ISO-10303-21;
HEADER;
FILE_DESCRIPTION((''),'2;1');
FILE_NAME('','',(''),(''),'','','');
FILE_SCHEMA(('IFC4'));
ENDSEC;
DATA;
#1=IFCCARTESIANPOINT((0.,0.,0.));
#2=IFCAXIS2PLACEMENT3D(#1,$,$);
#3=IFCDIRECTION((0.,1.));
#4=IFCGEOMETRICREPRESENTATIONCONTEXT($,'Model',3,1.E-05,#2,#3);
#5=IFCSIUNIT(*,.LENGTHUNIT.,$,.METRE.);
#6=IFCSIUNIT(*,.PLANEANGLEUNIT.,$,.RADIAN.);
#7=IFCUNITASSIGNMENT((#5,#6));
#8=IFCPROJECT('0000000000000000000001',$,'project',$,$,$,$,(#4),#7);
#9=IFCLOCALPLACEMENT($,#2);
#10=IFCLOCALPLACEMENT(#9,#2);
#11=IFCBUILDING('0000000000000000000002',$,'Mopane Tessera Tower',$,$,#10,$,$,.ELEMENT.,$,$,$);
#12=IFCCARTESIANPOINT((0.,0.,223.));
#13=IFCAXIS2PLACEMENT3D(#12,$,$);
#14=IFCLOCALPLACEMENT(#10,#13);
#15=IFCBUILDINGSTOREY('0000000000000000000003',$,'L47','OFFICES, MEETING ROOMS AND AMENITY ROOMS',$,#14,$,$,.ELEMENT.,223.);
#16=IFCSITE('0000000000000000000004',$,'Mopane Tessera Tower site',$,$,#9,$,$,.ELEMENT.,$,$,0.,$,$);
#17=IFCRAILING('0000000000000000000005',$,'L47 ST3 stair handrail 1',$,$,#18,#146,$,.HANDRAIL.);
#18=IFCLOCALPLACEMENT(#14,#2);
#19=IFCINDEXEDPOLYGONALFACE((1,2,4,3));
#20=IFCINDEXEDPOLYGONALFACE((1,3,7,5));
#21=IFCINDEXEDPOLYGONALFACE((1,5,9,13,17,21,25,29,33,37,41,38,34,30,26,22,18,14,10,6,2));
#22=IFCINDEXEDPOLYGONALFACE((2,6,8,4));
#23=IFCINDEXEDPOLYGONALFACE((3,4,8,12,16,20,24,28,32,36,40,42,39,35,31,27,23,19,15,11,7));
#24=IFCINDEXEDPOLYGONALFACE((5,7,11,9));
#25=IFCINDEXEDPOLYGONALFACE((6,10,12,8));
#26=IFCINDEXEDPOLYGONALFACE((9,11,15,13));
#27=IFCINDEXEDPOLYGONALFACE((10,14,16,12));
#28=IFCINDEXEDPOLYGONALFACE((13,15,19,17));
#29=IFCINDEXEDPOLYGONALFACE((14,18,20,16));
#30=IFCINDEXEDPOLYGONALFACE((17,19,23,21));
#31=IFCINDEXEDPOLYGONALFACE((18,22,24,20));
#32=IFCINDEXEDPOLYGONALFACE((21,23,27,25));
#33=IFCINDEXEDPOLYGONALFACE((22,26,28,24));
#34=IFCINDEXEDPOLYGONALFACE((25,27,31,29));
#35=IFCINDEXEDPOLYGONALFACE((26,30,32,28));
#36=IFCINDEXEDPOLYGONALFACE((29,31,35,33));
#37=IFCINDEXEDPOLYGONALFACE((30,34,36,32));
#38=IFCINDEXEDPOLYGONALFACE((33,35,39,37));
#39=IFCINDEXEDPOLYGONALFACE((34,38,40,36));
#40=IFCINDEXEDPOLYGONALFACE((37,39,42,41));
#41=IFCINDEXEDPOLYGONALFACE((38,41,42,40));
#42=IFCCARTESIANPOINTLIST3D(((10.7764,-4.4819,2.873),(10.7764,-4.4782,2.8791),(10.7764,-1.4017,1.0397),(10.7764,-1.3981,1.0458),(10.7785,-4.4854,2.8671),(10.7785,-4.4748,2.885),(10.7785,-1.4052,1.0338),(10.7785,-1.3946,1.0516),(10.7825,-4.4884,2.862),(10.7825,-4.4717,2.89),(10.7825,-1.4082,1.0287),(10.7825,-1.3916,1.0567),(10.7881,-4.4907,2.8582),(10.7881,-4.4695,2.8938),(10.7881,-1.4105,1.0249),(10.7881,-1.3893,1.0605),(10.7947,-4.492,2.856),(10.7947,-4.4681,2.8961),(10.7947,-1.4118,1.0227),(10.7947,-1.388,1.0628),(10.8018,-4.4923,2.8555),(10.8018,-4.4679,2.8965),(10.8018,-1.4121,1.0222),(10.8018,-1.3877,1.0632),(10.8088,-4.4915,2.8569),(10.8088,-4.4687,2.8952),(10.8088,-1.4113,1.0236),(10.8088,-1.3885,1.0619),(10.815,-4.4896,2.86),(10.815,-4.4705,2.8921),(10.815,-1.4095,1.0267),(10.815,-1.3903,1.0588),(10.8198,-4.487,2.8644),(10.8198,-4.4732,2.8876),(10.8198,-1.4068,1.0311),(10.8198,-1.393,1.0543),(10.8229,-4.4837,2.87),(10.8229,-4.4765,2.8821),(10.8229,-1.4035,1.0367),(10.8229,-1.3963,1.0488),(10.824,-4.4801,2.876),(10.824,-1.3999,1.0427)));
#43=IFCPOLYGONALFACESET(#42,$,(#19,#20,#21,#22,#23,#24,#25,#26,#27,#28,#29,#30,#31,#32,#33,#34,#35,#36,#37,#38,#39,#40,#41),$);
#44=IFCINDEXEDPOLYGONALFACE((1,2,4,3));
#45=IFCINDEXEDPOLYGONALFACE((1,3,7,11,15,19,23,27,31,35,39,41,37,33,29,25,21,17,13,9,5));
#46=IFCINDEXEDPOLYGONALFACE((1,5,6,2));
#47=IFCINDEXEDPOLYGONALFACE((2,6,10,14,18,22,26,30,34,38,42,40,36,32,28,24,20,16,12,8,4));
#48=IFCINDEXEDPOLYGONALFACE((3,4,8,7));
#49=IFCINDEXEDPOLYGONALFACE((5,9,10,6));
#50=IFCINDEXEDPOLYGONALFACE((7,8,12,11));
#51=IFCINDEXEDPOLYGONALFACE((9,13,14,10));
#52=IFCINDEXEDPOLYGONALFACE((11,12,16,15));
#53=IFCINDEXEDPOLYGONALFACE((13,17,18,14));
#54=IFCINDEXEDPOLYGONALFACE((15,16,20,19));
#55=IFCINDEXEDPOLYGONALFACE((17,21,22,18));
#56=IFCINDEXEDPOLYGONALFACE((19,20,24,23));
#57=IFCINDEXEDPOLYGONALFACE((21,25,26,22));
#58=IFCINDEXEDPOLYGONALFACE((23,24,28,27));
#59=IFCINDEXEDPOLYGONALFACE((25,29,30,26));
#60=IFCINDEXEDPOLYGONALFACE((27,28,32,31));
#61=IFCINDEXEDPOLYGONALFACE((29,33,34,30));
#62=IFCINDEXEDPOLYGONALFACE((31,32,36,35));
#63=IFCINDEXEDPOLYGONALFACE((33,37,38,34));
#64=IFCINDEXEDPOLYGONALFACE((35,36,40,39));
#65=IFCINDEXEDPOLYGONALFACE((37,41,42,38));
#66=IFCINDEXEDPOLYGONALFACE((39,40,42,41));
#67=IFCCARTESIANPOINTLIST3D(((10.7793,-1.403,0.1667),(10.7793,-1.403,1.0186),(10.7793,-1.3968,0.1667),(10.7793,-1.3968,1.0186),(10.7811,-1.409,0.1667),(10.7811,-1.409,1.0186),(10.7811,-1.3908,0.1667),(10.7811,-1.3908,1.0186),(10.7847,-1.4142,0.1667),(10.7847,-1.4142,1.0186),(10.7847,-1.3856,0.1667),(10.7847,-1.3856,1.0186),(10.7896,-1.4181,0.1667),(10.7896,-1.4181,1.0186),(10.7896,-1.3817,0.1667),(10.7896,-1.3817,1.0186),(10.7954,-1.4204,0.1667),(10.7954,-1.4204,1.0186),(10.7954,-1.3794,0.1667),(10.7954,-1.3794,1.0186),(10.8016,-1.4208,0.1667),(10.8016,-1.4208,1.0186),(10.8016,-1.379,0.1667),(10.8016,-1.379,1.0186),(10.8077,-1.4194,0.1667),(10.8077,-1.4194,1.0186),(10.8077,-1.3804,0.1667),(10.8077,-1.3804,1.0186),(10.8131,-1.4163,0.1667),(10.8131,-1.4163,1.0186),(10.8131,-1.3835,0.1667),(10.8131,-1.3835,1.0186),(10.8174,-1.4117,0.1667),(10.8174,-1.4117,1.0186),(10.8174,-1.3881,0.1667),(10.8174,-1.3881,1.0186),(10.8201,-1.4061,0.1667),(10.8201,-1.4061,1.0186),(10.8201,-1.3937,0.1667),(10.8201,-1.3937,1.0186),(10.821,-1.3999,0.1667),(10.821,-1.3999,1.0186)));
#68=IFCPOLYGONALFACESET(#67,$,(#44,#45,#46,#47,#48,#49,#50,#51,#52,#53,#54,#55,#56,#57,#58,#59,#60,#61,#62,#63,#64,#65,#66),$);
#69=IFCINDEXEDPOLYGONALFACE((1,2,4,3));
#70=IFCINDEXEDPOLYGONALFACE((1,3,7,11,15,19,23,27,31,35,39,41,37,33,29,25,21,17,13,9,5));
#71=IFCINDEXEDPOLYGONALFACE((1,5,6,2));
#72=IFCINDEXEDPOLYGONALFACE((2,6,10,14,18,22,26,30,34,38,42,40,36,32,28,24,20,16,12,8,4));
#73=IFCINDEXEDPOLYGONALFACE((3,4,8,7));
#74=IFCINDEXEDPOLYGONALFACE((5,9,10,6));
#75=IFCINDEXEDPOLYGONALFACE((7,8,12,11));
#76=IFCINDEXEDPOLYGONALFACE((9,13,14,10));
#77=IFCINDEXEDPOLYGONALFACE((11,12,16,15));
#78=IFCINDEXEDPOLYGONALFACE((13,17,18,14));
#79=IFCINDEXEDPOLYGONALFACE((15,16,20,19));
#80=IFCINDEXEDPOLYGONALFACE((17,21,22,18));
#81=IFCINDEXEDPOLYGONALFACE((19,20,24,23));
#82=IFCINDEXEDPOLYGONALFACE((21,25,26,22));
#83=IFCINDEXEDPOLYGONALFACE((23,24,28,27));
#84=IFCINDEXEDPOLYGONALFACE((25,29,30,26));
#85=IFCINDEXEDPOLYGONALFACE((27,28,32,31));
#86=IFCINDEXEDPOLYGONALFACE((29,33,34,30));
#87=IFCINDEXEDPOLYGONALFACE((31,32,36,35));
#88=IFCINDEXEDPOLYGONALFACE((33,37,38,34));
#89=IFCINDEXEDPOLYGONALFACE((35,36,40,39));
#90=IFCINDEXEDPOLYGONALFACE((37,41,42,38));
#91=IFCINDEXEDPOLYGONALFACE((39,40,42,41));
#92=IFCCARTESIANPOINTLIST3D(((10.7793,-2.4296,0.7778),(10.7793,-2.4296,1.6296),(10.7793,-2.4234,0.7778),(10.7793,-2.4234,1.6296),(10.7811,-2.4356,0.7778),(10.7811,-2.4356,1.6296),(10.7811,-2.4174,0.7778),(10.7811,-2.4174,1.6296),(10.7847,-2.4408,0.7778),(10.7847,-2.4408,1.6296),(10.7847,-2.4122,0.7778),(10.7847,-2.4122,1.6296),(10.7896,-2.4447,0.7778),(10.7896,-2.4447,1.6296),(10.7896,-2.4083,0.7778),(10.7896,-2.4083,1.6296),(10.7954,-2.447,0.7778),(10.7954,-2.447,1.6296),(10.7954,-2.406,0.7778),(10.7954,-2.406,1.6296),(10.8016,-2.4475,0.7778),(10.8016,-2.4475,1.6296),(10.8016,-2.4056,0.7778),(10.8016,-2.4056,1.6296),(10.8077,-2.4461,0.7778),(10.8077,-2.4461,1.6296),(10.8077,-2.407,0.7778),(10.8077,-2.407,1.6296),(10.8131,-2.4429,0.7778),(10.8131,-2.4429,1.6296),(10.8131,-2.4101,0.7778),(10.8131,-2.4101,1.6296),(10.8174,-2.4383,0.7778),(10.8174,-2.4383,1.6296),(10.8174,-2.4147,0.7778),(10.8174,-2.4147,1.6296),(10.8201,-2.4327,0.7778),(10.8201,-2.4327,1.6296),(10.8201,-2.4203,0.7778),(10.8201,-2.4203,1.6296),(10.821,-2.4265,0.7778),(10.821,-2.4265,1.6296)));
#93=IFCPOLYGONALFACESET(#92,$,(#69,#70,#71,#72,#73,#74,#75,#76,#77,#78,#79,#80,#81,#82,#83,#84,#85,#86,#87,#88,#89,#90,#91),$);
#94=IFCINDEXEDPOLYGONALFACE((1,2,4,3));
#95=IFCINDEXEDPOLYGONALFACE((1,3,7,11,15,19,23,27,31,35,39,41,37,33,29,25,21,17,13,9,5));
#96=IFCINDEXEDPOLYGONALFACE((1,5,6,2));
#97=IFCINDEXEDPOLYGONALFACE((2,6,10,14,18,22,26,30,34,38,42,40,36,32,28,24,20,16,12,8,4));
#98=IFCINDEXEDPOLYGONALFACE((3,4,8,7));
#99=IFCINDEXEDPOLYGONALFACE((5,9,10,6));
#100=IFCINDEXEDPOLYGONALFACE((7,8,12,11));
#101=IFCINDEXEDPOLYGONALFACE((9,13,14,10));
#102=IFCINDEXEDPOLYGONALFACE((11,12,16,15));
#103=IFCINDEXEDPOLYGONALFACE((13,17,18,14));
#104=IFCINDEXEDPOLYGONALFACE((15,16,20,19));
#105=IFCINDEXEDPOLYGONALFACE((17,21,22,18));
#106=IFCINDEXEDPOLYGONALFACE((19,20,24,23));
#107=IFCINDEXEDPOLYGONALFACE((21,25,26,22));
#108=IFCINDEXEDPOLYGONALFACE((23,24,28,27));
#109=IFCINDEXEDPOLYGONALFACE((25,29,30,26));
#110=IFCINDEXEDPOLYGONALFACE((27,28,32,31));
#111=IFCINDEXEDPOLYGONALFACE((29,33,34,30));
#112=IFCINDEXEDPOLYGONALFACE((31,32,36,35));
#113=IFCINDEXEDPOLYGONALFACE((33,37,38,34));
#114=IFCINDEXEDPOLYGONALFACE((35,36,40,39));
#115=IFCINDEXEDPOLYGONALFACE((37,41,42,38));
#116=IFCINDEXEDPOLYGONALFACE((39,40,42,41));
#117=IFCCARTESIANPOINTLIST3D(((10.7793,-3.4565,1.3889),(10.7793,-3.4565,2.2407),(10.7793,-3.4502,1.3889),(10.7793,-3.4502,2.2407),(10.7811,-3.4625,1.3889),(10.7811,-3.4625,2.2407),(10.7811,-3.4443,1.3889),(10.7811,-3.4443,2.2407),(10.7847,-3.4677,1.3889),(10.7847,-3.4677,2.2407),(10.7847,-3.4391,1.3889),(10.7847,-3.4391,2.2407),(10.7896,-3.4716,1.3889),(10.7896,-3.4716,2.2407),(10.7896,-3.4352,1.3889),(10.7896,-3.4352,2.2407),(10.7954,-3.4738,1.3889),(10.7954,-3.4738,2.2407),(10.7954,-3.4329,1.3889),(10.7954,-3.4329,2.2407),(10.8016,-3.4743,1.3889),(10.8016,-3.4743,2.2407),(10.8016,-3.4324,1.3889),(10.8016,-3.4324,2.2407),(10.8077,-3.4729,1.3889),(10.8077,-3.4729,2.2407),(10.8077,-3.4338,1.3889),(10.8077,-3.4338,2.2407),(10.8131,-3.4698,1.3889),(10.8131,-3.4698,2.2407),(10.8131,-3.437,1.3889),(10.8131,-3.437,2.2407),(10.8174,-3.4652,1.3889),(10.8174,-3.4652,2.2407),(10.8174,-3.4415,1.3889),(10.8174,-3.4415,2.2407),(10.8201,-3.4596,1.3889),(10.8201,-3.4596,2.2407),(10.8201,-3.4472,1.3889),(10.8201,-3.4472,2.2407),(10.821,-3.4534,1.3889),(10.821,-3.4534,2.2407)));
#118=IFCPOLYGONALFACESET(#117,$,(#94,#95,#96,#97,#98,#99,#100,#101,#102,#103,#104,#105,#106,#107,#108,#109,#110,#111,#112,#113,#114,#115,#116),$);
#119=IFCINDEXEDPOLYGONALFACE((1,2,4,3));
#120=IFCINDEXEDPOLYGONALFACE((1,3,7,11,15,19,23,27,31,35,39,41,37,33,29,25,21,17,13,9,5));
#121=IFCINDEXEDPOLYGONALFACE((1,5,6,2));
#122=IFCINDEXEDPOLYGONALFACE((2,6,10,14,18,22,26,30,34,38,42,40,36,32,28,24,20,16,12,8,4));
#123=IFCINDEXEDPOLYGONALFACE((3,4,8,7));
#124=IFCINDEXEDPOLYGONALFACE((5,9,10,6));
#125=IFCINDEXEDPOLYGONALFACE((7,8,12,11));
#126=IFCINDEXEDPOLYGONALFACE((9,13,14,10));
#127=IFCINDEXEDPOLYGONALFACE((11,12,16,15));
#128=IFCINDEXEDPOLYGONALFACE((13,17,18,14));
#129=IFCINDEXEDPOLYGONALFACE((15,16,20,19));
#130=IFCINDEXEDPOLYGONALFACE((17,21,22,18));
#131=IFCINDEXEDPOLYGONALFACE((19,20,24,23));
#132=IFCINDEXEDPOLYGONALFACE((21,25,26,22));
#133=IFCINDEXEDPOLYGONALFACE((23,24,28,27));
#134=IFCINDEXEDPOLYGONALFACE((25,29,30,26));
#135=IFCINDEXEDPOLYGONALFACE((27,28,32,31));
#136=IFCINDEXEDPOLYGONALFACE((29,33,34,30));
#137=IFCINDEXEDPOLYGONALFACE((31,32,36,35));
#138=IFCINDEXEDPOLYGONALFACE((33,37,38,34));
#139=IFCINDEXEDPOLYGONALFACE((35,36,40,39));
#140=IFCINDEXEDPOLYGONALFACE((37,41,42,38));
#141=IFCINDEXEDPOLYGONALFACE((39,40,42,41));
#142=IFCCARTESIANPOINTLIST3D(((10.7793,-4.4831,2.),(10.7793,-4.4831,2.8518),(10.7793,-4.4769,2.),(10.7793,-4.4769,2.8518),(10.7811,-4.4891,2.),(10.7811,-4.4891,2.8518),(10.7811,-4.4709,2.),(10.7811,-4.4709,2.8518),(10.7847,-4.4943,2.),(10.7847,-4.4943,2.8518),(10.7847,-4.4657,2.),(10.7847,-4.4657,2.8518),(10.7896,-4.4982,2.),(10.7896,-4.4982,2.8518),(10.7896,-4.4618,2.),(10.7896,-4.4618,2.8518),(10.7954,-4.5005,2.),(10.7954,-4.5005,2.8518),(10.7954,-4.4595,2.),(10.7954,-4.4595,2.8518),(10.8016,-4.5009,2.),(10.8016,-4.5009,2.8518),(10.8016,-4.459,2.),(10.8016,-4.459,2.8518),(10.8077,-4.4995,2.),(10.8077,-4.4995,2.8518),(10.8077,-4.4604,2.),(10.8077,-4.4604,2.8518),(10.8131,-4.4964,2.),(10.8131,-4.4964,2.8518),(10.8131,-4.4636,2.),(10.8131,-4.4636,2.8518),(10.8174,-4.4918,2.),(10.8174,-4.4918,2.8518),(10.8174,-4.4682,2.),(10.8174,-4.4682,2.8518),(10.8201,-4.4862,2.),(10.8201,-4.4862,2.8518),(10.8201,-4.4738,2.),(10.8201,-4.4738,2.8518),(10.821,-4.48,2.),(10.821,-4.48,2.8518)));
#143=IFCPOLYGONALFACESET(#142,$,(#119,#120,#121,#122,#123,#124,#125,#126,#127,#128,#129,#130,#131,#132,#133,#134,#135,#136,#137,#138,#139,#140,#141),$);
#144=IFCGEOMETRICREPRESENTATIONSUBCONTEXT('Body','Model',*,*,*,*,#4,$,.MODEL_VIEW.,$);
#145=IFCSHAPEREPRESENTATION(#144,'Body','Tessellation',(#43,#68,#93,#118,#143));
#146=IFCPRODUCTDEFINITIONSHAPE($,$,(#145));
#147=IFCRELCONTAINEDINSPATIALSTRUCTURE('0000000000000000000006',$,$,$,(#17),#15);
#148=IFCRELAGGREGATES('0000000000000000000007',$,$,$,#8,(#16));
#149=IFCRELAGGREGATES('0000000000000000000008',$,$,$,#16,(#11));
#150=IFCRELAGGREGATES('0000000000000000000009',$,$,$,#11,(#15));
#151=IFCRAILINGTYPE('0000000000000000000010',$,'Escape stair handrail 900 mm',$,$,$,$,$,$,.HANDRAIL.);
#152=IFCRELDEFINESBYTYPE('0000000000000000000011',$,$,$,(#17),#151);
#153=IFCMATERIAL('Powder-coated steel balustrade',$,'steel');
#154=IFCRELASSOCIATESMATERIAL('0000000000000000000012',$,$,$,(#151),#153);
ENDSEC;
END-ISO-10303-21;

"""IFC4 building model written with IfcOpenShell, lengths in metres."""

from ifc_helpers import new_model, si_unit, direction, frame, origin, origin_2d, place, context, subcontext, project, spatial, circle, extrude, material, type_object, element, save


model = new_model("IFC4")

# Units and contexts
model_context = context("Model", 3, precision=1e-05, world=origin(), true_north=direction((0.0, 1.0)))
body_context = subcontext(model_context, "Body", "Model", "MODEL_VIEW")
ifc_project = project(units=[si_unit("LENGTHUNIT", "METRE"), si_unit("PLANEANGLEUNIT", "RADIAN")], contexts=[model_context])

# Site, building, storey
site_placement = place(None, origin())
site = spatial("IfcSite", under=ifc_project, at=site_placement, Name="Mopane Tessera Tower site", CompositionType="ELEMENT", RefElevation=0.0)
building_placement = place(site_placement, origin())
building = spatial("IfcBuilding", under=site, at=building_placement, Name="Mopane Tessera Tower", CompositionType="ELEMENT")
storey_placement = place(building_placement, frame((0.0, 0.0, 223.0)))
storey = spatial("IfcBuildingStorey", under=building, at=storey_placement, Name="L47", Description="OFFICES, MEETING ROOMS AND AMENITY ROOMS", CompositionType="ELEMENT", Elevation=223.0)

# Railing
ifc_material_1 = material(Name="Powder-coated steel balustrade", Category="steel")
railing_type_1 = type_object("IfcRailingType", Name="Escape stair handrail 900 mm", PredefinedType="HANDRAIL", material=ifc_material_1)
railing_1_placement = place(storey_placement, frame((10.8, -1.3999, 0.1667)))
element("IfcRailing", 1, at=railing_1_placement, inside=storey, type_object=railing_type_1, Name="L47 ST3 stair handrail 1", PredefinedType="HANDRAIL", context=body_context, shape_type="SweptSolid", body=[
    extrude(circle(Radius=0.0239, at=origin_2d()), frame((0.0, 0.0, 0.876), z_axis=(0.0, -0.859309, 0.511458), x_axis=(1.0, 0.0, 0.0)), (0.0, 0.0, 1.0), 3.5845),
    extrude(circle(Radius=0.021, at=origin_2d()), origin(), (0.0, 0.0, 1.0), 0.8518),
    extrude(circle(Radius=0.021, at=origin_2d()), frame((0.0, -1.0266, 0.6111)), (0.0, 0.0, 1.0), 0.8518),
    extrude(circle(Radius=0.021, at=origin_2d()), frame((0.0, -2.0535, 1.2222)), (0.0, 0.0, 1.0), 0.8518),
    extrude(circle(Radius=0.021, at=origin_2d()), frame((0.0, -3.0801, 1.8333)), (0.0, 0.0, 1.0), 0.8518),
])

save(model, "model.ifc")
